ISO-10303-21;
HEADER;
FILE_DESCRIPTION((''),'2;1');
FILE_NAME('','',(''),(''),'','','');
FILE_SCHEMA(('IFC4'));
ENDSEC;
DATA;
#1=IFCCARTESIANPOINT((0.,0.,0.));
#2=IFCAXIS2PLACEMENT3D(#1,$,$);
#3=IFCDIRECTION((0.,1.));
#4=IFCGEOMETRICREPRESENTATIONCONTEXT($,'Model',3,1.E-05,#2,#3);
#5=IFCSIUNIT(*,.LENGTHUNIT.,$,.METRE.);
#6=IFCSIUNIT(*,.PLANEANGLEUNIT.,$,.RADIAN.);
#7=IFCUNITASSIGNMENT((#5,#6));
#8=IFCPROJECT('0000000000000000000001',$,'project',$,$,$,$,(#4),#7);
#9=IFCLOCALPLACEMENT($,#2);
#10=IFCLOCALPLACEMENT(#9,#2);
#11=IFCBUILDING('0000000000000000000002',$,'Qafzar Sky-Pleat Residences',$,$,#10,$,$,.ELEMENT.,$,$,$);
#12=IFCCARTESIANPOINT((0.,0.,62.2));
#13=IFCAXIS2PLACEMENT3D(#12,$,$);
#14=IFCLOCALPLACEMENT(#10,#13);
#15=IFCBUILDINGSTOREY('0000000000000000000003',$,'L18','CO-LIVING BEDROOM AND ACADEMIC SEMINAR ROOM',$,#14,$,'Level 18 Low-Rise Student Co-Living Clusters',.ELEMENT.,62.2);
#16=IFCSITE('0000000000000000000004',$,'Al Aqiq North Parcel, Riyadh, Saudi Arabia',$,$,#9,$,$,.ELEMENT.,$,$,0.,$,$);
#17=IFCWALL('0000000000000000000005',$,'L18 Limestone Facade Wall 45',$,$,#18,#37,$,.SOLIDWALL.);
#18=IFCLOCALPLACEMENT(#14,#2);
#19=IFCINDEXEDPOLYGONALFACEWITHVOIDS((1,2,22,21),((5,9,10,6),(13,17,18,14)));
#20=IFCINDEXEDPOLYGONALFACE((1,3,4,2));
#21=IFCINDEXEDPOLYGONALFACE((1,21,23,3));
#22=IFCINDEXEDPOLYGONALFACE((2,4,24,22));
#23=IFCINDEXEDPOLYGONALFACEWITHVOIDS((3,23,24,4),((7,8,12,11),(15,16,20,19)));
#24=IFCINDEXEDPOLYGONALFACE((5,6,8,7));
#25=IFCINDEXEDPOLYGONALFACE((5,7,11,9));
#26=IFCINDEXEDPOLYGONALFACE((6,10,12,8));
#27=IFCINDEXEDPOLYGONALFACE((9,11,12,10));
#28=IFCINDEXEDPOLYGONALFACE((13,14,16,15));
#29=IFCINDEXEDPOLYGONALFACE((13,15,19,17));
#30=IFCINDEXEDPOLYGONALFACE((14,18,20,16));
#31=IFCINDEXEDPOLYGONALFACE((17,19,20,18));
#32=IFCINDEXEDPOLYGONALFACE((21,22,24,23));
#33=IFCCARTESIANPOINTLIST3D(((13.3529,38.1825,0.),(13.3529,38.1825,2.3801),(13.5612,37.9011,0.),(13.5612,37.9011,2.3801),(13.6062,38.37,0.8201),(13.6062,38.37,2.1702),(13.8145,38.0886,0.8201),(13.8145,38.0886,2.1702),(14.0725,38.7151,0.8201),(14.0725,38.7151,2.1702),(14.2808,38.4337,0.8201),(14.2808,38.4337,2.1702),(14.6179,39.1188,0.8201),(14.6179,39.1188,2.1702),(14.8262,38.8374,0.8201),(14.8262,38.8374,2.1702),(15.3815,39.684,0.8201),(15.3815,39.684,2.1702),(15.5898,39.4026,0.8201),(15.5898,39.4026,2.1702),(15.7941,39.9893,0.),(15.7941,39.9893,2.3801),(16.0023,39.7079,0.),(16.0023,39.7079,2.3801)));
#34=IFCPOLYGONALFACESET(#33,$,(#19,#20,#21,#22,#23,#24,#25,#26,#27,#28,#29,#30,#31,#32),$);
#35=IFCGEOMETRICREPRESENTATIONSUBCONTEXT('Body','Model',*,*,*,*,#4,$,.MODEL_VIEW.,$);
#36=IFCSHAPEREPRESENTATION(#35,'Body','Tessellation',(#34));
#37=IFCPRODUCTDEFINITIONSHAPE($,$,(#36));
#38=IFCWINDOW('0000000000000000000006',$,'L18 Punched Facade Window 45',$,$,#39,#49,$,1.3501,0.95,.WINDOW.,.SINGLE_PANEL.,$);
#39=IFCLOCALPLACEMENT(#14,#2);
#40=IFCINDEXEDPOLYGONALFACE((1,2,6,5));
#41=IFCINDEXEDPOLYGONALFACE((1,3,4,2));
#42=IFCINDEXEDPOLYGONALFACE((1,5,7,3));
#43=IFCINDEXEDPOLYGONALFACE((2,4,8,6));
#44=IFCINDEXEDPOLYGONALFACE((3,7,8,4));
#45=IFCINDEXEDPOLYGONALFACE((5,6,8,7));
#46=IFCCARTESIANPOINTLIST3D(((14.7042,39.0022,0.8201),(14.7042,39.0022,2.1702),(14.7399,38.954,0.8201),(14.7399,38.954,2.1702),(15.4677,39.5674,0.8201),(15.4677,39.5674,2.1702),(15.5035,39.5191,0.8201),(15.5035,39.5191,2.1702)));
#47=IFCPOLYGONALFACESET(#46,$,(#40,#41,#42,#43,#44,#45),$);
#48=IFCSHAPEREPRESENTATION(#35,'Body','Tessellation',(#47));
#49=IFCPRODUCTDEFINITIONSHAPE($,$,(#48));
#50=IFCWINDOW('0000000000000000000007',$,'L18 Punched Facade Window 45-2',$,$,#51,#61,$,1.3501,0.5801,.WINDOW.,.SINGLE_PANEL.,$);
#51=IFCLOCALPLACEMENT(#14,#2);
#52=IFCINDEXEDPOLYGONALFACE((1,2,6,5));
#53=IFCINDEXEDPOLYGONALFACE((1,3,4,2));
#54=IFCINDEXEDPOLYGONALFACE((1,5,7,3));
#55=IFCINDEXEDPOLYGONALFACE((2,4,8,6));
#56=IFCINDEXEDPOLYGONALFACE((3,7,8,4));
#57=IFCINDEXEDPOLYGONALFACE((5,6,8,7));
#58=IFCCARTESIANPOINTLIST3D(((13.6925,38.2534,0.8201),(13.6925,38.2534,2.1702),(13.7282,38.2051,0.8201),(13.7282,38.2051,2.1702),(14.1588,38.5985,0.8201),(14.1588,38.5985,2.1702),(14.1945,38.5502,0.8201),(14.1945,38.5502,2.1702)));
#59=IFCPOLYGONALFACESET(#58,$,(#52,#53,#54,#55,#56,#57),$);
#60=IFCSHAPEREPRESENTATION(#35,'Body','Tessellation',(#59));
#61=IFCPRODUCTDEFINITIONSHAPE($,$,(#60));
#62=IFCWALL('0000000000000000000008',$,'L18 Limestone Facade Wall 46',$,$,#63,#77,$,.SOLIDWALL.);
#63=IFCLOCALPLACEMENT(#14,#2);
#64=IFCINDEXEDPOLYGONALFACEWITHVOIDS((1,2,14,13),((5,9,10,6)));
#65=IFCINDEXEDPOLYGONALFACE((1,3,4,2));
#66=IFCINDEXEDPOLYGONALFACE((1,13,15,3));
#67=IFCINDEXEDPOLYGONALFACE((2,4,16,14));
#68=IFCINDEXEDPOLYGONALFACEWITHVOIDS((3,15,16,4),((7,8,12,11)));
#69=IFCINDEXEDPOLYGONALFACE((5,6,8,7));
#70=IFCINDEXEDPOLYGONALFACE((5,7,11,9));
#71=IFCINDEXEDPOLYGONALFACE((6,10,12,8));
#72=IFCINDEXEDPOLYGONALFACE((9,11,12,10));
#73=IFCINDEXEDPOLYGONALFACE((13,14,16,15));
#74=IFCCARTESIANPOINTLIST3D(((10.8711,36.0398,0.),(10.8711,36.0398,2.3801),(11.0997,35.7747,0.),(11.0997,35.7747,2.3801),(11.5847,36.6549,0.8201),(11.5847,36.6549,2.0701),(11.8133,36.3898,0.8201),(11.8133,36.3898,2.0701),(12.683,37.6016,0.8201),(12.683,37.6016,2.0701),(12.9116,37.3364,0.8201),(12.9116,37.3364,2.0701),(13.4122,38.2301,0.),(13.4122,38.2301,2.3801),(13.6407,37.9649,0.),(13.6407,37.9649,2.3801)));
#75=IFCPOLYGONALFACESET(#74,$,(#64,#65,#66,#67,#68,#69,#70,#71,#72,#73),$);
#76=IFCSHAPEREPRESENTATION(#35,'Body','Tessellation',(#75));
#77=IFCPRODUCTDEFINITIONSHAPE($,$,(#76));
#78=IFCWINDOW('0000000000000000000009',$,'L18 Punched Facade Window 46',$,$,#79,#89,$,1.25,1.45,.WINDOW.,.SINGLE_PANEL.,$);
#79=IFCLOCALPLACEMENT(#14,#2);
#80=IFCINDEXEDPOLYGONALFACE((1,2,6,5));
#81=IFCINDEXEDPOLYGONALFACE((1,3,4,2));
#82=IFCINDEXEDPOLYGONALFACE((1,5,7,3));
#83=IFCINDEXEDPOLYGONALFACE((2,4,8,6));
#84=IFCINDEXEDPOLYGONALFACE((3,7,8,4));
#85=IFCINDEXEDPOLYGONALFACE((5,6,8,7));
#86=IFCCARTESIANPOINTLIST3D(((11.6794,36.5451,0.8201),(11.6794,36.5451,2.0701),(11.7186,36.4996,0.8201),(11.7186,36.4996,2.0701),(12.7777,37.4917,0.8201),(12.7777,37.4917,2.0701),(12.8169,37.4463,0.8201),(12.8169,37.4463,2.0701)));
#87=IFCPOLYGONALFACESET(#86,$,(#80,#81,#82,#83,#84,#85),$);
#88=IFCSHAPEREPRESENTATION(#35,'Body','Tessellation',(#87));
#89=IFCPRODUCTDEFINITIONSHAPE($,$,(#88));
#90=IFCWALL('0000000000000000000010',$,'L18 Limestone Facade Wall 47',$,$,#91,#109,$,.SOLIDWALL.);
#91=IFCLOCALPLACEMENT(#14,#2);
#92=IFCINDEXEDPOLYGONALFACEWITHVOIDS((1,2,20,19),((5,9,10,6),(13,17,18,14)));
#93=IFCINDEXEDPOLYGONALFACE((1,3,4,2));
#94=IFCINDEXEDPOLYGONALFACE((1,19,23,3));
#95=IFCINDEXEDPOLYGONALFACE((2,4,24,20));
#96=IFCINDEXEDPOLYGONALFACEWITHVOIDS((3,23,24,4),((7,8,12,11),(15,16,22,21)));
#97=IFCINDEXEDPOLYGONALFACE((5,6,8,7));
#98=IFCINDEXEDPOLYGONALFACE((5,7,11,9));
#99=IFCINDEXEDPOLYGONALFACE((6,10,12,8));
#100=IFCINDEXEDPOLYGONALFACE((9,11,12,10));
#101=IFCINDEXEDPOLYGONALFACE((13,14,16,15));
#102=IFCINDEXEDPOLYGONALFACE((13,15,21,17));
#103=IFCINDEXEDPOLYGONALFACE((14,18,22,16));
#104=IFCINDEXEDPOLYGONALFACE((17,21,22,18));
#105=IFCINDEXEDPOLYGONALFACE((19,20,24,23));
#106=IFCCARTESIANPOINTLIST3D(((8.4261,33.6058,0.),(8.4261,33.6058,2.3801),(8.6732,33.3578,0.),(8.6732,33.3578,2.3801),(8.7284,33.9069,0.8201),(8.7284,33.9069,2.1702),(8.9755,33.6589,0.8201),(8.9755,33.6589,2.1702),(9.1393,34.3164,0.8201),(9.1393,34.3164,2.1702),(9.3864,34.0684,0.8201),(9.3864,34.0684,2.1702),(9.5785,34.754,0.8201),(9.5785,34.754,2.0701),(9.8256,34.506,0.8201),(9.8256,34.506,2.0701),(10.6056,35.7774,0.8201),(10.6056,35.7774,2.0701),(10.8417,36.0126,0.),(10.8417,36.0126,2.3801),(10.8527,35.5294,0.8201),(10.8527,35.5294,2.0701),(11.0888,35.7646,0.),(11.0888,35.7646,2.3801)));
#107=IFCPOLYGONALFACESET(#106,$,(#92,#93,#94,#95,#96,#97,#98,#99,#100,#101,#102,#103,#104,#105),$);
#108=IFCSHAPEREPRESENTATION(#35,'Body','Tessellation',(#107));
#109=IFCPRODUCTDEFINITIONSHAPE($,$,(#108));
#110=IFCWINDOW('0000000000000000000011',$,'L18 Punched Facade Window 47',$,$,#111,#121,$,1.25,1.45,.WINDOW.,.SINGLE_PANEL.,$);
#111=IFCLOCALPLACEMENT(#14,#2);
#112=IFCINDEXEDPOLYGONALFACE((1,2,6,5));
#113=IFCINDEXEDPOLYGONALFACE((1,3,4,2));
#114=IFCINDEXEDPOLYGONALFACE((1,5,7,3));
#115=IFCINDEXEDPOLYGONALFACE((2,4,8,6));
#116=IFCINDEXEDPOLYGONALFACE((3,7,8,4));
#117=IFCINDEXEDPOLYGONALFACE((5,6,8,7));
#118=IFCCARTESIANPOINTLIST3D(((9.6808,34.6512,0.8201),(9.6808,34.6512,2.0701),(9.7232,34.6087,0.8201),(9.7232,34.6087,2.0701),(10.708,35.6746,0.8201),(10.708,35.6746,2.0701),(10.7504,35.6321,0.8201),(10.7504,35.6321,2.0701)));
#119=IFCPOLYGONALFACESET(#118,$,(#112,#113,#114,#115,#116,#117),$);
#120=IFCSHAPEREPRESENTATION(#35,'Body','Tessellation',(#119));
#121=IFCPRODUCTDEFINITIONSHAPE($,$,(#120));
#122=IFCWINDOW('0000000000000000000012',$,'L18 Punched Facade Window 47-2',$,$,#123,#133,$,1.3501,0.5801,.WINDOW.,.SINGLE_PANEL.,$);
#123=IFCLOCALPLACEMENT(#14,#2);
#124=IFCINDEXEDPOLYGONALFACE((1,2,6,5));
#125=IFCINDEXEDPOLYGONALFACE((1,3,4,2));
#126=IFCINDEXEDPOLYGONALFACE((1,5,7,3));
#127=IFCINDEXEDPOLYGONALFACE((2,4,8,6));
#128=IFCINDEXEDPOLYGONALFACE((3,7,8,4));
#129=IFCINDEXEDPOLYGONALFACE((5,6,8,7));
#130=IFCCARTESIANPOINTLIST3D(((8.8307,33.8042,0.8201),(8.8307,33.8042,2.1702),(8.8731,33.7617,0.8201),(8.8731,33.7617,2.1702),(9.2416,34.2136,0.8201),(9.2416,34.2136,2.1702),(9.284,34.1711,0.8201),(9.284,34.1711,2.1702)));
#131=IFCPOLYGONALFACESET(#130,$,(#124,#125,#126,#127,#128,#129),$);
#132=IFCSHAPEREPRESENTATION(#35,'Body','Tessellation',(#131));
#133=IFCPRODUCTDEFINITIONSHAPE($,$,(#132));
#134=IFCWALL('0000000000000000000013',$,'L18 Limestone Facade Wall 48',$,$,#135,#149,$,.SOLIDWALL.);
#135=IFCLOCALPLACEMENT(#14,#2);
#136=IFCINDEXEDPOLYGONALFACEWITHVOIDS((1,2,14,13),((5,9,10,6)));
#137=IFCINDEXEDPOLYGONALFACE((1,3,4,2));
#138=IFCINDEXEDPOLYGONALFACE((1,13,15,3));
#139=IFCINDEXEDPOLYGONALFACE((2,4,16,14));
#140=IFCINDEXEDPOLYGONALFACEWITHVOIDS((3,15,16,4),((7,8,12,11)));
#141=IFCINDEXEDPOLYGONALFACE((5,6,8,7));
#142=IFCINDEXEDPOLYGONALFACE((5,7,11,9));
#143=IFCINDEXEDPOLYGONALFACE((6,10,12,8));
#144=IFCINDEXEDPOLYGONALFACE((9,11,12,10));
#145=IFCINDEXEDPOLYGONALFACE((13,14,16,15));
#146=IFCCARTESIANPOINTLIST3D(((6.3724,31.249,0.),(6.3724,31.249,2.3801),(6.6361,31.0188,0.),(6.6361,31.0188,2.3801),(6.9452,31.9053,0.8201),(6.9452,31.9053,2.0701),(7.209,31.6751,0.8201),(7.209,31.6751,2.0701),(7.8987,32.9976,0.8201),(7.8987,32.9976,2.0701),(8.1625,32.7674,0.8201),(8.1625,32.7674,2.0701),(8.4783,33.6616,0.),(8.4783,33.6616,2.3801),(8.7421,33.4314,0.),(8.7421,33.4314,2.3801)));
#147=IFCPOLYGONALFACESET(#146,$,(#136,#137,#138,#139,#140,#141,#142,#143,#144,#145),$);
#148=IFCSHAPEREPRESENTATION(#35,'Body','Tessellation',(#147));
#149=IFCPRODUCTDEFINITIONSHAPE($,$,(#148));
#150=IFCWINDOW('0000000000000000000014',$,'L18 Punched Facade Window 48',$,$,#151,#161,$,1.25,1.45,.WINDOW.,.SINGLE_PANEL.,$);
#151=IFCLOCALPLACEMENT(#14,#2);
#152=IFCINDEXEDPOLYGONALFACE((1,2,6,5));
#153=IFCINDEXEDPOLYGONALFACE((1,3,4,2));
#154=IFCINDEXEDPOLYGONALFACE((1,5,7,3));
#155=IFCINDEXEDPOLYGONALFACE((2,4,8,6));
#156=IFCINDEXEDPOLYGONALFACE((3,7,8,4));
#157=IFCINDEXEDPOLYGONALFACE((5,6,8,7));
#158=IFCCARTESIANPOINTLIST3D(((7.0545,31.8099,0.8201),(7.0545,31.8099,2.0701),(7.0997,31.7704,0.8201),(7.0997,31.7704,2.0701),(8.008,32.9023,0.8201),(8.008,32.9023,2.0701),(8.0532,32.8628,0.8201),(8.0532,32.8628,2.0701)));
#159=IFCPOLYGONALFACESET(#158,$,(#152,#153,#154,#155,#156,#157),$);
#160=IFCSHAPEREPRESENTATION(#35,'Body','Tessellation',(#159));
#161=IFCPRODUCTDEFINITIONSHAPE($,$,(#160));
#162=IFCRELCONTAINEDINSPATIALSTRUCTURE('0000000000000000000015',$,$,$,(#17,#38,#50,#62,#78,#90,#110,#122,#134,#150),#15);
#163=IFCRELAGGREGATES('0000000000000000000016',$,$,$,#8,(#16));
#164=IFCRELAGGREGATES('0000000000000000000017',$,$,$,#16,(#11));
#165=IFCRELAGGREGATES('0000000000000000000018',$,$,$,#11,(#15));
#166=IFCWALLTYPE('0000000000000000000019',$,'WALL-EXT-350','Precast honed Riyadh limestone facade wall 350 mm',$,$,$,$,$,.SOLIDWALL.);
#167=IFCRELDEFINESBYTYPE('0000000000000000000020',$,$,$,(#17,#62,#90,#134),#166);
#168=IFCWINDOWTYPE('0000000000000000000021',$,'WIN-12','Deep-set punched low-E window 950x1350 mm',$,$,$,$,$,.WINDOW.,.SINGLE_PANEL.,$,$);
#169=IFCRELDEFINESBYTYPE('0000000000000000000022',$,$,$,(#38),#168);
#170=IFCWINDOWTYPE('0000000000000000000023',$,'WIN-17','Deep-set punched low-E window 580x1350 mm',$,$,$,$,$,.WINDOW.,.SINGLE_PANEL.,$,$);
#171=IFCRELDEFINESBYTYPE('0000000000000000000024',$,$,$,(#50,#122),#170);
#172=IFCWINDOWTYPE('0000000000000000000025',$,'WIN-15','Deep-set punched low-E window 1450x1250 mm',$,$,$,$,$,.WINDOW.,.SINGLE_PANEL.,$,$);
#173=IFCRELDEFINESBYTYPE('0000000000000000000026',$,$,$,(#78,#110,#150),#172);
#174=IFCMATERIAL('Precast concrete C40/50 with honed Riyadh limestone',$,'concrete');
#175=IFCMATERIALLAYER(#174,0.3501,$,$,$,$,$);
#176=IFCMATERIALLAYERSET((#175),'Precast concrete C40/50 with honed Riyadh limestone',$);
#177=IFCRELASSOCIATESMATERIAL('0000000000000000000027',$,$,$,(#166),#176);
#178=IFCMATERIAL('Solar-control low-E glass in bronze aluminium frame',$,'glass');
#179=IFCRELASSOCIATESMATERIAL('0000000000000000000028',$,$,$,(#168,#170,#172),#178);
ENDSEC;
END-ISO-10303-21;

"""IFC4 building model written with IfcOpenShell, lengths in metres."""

from ifc_helpers import new_model, si_unit, direction, frame, frame_2d, origin, place, context, subcontext, project, spatial, rectangle, extrude, source, transform, mapped, material, layer, layer_set, type_object, element, fill, save


model = new_model("IFC4")

# Units and contexts
model_context = context("Model", 3, precision=1e-05, world=origin(), true_north=direction((0.0, 1.0)))
body_context = subcontext(model_context, "Body", "Model", "MODEL_VIEW")
ifc_project = project(units=[si_unit("LENGTHUNIT", "METRE"), si_unit("PLANEANGLEUNIT", "RADIAN")], contexts=[model_context])

# Site, building, storey
site_placement = place(None, origin())
site = spatial("IfcSite", under=ifc_project, at=site_placement, Name="Al Aqiq North Parcel, Riyadh, Saudi Arabia", CompositionType="ELEMENT", RefElevation=0.0)
building_placement = place(site_placement, origin())
building = spatial("IfcBuilding", under=site, at=building_placement, Name="Qafzar Sky-Pleat Residences", CompositionType="ELEMENT")
storey_placement = place(building_placement, frame((0.0, 0.0, 62.2)))
storey = spatial("IfcBuildingStorey", under=building, at=storey_placement, Name="L18", Description="CO-LIVING BEDROOM AND ACADEMIC SEMINAR ROOM", LongName="Level 18 Low-Rise Student Co-Living Clusters", CompositionType="ELEMENT", Elevation=62.2)

# Shared definitions
ifc_material_1 = material(Name="Precast concrete C40/50 with honed Riyadh limestone", Category="concrete")
ifc_layer_1 = layer(ifc_material_1, 0.3501)
ifc_layer_set_1 = layer_set([ifc_layer_1], Name="Precast concrete C40/50 with honed Riyadh limestone")
wall_type_1 = type_object("IfcWallType", Name="WALL-EXT-350", Description="Precast honed Riyadh limestone facade wall 350 mm", PredefinedType="SOLIDWALL", material=ifc_layer_set_1)
ifc_material_2 = material(Name="Solar-control low-E glass in bronze aluminium frame", Category="glass")

# Wall, openings, windows
wall_1_placement = place(storey_placement, frame((15.8982, 39.8486, 0.0), z_axis=(0.0, 0.0, 1.0), x_axis=(-0.803775, -0.594933, 0.0)))
wall_1 = element("IfcWall", 1, at=wall_1_placement, inside=storey, type_object=wall_type_1, Name="L18 Limestone Facade Wall 45", PredefinedType="SOLIDWALL", context=body_context, shape_type="SweptSolid", body=[
    extrude(rectangle(XDim=3.0371, YDim=0.3501, at=frame_2d((1.5186, 0.0))), origin(), (0.0, 0.0, 1.0), 2.3801),
])
opening_1_placement = place(wall_1_placement, frame((0.5132, 0.0, 0.8201)))
opening_1 = element("IfcOpeningElement", 2, at=opening_1_placement, cuts=wall_1, PredefinedType="OPENING", context=body_context, shape_type="SweptSolid", body=[
    extrude(rectangle(XDim=0.95, YDim=1.3501, at=frame_2d((0.4751, 0.675))), frame((0.0, 0.1851, 0.0), z_axis=(0.0, -1.0, 0.0), x_axis=(1.0, 0.0, 0.0)), (0.0, 0.0, 1.0), 0.3701),
])
opening_2_placement = place(wall_1_placement, frame((2.1418, 0.0, 0.8201)))
opening_2 = element("IfcOpeningElement", 3, at=opening_2_placement, cuts=wall_1, PredefinedType="OPENING", context=body_context, shape_type="SweptSolid", body=[
    extrude(rectangle(XDim=0.5801, YDim=1.3501, at=frame_2d((0.29, 0.675))), frame((0.0, 0.1851, 0.0), z_axis=(0.0, -1.0, 0.0), x_axis=(1.0, 0.0, 0.0)), (0.0, 0.0, 1.0), 0.3701),
])
window_type_1 = type_object("IfcWindowType", Name="WIN-12", Description="Deep-set punched low-E window 950x1350 mm", PartitioningType="SINGLE_PANEL", PredefinedType="WINDOW", material=ifc_material_2)
shared_shape_1 = source(origin(), body_context, "Body", "SweptSolid", [
    extrude(rectangle(XDim=0.95, YDim=1.3501, at=frame_2d((0.4751, 0.675))), frame((0.0, 0.03, 0.0), z_axis=(0.0, -1.0, 0.0), x_axis=(1.0, 0.0, 0.0)), (0.0, 0.0, 1.0), 0.0601),
])
window_1_placement = place(opening_1_placement, origin())
window_1 = element("IfcWindow", 4, at=window_1_placement, inside=storey, type_object=window_type_1, Name="L18 Punched Facade Window 45", OverallHeight=1.3501, OverallWidth=0.95, PartitioningType="SINGLE_PANEL", PredefinedType="WINDOW", context=body_context, shape_type="MappedRepresentation", body=[
    mapped(shared_shape_1, transform((0.0, 0.0, 0.0), x_axis=(1.0, 0.0, 0.0), y_axis=(0.0, 1.0, 0.0), z_axis=(0.0, 0.0, 1.0), scale=1.0)),
])
fill(opening_1, window_1)
window_type_2 = type_object("IfcWindowType", Name="WIN-17", Description="Deep-set punched low-E window 580x1350 mm", PartitioningType="SINGLE_PANEL", PredefinedType="WINDOW", material=ifc_material_2)
shared_shape_2 = source(origin(), body_context, "Body", "SweptSolid", [
    extrude(rectangle(XDim=0.5801, YDim=1.3501, at=frame_2d((0.29, 0.675))), frame((0.0, 0.03, 0.0), z_axis=(0.0, -1.0, 0.0), x_axis=(1.0, 0.0, 0.0)), (0.0, 0.0, 1.0), 0.0601),
])
window_2_placement = place(opening_2_placement, origin())
window_2 = element("IfcWindow", 5, at=window_2_placement, inside=storey, type_object=window_type_2, Name="L18 Punched Facade Window 45-2", OverallHeight=1.3501, OverallWidth=0.5801, PartitioningType="SINGLE_PANEL", PredefinedType="WINDOW", context=body_context, shape_type="MappedRepresentation", body=[
    mapped(shared_shape_2, transform((0.0, 0.0, 0.0), x_axis=(1.0, 0.0, 0.0), y_axis=(0.0, 1.0, 0.0), z_axis=(0.0, 0.0, 1.0), scale=1.0)),
])
fill(opening_2, window_2)

# Wall, opening, window
wall_2_placement = place(storey_placement, frame((13.5264, 38.0974, 0.0), z_axis=(0.0, 0.0, 1.0), x_axis=(-0.757461, -0.652881, 0.0)))
wall_2 = element("IfcWall", 6, at=wall_2_placement, inside=storey, type_object=wall_type_1, Name="L18 Limestone Facade Wall 46", PredefinedType="SOLIDWALL", context=body_context, shape_type="SweptSolid", body=[
    extrude(rectangle(XDim=3.3547, YDim=0.3501, at=frame_2d((1.6772, 0.0))), origin(), (0.0, 0.0, 1.0), 2.3801),
])
opening_3_placement = place(wall_2_placement, frame((0.9624, 0.0, 0.8201)))
opening_3 = element("IfcOpeningElement", 7, at=opening_3_placement, cuts=wall_2, PredefinedType="OPENING", context=body_context, shape_type="SweptSolid", body=[
    extrude(rectangle(XDim=1.45, YDim=1.25, at=frame_2d((0.7251, 0.625))), frame((0.0, 0.1851, 0.0), z_axis=(0.0, -1.0, 0.0), x_axis=(1.0, 0.0, 0.0)), (0.0, 0.0, 1.0), 0.3701),
])
window_type_3 = type_object("IfcWindowType", Name="WIN-15", Description="Deep-set punched low-E window 1450x1250 mm", PartitioningType="SINGLE_PANEL", PredefinedType="WINDOW", material=ifc_material_2)
shared_shape_3 = source(origin(), body_context, "Body", "SweptSolid", [
    extrude(rectangle(XDim=1.45, YDim=1.25, at=frame_2d((0.7251, 0.625))), frame((0.0, 0.03, 0.0), z_axis=(0.0, -1.0, 0.0), x_axis=(1.0, 0.0, 0.0)), (0.0, 0.0, 1.0), 0.0601),
])
window_3_placement = place(opening_3_placement, origin())
window_3 = element("IfcWindow", 8, at=window_3_placement, inside=storey, type_object=window_type_3, Name="L18 Punched Facade Window 46", OverallHeight=1.25, OverallWidth=1.45, PartitioningType="SINGLE_PANEL", PredefinedType="WINDOW", context=body_context, shape_type="MappedRepresentation", body=[
    mapped(shared_shape_3, transform((0.0, 0.0, 0.0), x_axis=(1.0, 0.0, 0.0), y_axis=(0.0, 1.0, 0.0), z_axis=(0.0, 0.0, 1.0), scale=1.0)),
])
fill(opening_3, window_3)

# Wall, openings, windows
wall_3_placement = place(storey_placement, frame((10.9653, 35.8887, 0.0), z_axis=(0.0, 0.0, 1.0), x_axis=(-0.708394, -0.705817, 0.0)))
wall_3 = element("IfcWall", 9, at=wall_3_placement, inside=storey, type_object=wall_type_1, Name="L18 Limestone Facade Wall 47", PredefinedType="SOLIDWALL", context=body_context, shape_type="SweptSolid", body=[
    extrude(rectangle(XDim=3.4099, YDim=0.3501, at=frame_2d((1.7051, 0.0))), origin(), (0.0, 0.0, 1.0), 2.3801),
])
opening_4_placement = place(wall_3_placement, frame((0.3333, 0.0, 0.8201)))
opening_4 = element("IfcOpeningElement", 10, at=opening_4_placement, cuts=wall_3, PredefinedType="OPENING", context=body_context, shape_type="SweptSolid", body=[
    extrude(rectangle(XDim=1.45, YDim=1.25, at=frame_2d((0.7251, 0.625))), frame((0.0, 0.1851, 0.0), z_axis=(0.0, -1.0, 0.0), x_axis=(1.0, 0.0, 0.0)), (0.0, 0.0, 1.0), 0.3701),
])
opening_5_placement = place(wall_3_placement, frame((2.4033, 0.0, 0.8201)))
opening_5 = element("IfcOpeningElement", 11, at=opening_5_placement, cuts=wall_3, PredefinedType="OPENING", context=body_context, shape_type="SweptSolid", body=[
    extrude(rectangle(XDim=0.5801, YDim=1.3501, at=frame_2d((0.29, 0.675))), frame((0.0, 0.1851, 0.0), z_axis=(0.0, -1.0, 0.0), x_axis=(1.0, 0.0, 0.0)), (0.0, 0.0, 1.0), 0.3701),
])
window_4_placement = place(opening_4_placement, origin())
window_4 = element("IfcWindow", 12, at=window_4_placement, inside=storey, type_object=window_type_3, Name="L18 Punched Facade Window 47", OverallHeight=1.25, OverallWidth=1.45, PartitioningType="SINGLE_PANEL", PredefinedType="WINDOW", context=body_context, shape_type="MappedRepresentation", body=[
    mapped(shared_shape_3, transform((0.0, 0.0, 0.0), x_axis=(1.0, 0.0, 0.0), y_axis=(0.0, 1.0, 0.0), z_axis=(0.0, 0.0, 1.0), scale=1.0)),
])
fill(opening_4, window_4)
window_5_placement = place(opening_5_placement, origin())
window_5 = element("IfcWindow", 13, at=window_5_placement, inside=storey, type_object=window_type_2, Name="L18 Punched Facade Window 47-2", OverallHeight=1.3501, OverallWidth=0.5801, PartitioningType="SINGLE_PANEL", PredefinedType="WINDOW", context=body_context, shape_type="MappedRepresentation", body=[
    mapped(shared_shape_2, transform((0.0, 0.0, 0.0), x_axis=(1.0, 0.0, 0.0), y_axis=(0.0, 1.0, 0.0), z_axis=(0.0, 0.0, 1.0), scale=1.0)),
])
fill(opening_5, window_5)

# Wall, opening, window
wall_4_placement = place(storey_placement, frame((8.6101, 33.5464, 0.0), z_axis=(0.0, 0.0, 1.0), x_axis=(-0.657608, -0.75336, 0.0)))
wall_4 = element("IfcWall", 14, at=wall_4_placement, inside=storey, type_object=wall_type_1, Name="L18 Limestone Facade Wall 48", PredefinedType="SOLIDWALL", context=body_context, shape_type="SweptSolid", body=[
    extrude(rectangle(XDim=3.2024, YDim=0.3501, at=frame_2d((1.6011, 0.0))), origin(), (0.0, 0.0, 1.0), 2.3801),
])
opening_6_placement = place(wall_4_placement, frame((0.8811, 0.0, 0.8201)))
opening_6 = element("IfcOpeningElement", 15, at=opening_6_placement, cuts=wall_4, PredefinedType="OPENING", context=body_context, shape_type="SweptSolid", body=[
    extrude(rectangle(XDim=1.45, YDim=1.25, at=frame_2d((0.7251, 0.625))), frame((0.0, 0.1851, 0.0), z_axis=(0.0, -1.0, 0.0), x_axis=(1.0, 0.0, 0.0)), (0.0, 0.0, 1.0), 0.3701),
])
window_6_placement = place(opening_6_placement, origin())
window_6 = element("IfcWindow", 16, at=window_6_placement, inside=storey, type_object=window_type_3, Name="L18 Punched Facade Window 48", OverallHeight=1.25, OverallWidth=1.45, PartitioningType="SINGLE_PANEL", PredefinedType="WINDOW", context=body_context, shape_type="MappedRepresentation", body=[
    mapped(shared_shape_3, transform((0.0, 0.0, 0.0), x_axis=(1.0, 0.0, 0.0), y_axis=(0.0, 1.0, 0.0), z_axis=(0.0, 0.0, 1.0), scale=1.0)),
])
fill(opening_6, window_6)

save(model, "model.ifc")
